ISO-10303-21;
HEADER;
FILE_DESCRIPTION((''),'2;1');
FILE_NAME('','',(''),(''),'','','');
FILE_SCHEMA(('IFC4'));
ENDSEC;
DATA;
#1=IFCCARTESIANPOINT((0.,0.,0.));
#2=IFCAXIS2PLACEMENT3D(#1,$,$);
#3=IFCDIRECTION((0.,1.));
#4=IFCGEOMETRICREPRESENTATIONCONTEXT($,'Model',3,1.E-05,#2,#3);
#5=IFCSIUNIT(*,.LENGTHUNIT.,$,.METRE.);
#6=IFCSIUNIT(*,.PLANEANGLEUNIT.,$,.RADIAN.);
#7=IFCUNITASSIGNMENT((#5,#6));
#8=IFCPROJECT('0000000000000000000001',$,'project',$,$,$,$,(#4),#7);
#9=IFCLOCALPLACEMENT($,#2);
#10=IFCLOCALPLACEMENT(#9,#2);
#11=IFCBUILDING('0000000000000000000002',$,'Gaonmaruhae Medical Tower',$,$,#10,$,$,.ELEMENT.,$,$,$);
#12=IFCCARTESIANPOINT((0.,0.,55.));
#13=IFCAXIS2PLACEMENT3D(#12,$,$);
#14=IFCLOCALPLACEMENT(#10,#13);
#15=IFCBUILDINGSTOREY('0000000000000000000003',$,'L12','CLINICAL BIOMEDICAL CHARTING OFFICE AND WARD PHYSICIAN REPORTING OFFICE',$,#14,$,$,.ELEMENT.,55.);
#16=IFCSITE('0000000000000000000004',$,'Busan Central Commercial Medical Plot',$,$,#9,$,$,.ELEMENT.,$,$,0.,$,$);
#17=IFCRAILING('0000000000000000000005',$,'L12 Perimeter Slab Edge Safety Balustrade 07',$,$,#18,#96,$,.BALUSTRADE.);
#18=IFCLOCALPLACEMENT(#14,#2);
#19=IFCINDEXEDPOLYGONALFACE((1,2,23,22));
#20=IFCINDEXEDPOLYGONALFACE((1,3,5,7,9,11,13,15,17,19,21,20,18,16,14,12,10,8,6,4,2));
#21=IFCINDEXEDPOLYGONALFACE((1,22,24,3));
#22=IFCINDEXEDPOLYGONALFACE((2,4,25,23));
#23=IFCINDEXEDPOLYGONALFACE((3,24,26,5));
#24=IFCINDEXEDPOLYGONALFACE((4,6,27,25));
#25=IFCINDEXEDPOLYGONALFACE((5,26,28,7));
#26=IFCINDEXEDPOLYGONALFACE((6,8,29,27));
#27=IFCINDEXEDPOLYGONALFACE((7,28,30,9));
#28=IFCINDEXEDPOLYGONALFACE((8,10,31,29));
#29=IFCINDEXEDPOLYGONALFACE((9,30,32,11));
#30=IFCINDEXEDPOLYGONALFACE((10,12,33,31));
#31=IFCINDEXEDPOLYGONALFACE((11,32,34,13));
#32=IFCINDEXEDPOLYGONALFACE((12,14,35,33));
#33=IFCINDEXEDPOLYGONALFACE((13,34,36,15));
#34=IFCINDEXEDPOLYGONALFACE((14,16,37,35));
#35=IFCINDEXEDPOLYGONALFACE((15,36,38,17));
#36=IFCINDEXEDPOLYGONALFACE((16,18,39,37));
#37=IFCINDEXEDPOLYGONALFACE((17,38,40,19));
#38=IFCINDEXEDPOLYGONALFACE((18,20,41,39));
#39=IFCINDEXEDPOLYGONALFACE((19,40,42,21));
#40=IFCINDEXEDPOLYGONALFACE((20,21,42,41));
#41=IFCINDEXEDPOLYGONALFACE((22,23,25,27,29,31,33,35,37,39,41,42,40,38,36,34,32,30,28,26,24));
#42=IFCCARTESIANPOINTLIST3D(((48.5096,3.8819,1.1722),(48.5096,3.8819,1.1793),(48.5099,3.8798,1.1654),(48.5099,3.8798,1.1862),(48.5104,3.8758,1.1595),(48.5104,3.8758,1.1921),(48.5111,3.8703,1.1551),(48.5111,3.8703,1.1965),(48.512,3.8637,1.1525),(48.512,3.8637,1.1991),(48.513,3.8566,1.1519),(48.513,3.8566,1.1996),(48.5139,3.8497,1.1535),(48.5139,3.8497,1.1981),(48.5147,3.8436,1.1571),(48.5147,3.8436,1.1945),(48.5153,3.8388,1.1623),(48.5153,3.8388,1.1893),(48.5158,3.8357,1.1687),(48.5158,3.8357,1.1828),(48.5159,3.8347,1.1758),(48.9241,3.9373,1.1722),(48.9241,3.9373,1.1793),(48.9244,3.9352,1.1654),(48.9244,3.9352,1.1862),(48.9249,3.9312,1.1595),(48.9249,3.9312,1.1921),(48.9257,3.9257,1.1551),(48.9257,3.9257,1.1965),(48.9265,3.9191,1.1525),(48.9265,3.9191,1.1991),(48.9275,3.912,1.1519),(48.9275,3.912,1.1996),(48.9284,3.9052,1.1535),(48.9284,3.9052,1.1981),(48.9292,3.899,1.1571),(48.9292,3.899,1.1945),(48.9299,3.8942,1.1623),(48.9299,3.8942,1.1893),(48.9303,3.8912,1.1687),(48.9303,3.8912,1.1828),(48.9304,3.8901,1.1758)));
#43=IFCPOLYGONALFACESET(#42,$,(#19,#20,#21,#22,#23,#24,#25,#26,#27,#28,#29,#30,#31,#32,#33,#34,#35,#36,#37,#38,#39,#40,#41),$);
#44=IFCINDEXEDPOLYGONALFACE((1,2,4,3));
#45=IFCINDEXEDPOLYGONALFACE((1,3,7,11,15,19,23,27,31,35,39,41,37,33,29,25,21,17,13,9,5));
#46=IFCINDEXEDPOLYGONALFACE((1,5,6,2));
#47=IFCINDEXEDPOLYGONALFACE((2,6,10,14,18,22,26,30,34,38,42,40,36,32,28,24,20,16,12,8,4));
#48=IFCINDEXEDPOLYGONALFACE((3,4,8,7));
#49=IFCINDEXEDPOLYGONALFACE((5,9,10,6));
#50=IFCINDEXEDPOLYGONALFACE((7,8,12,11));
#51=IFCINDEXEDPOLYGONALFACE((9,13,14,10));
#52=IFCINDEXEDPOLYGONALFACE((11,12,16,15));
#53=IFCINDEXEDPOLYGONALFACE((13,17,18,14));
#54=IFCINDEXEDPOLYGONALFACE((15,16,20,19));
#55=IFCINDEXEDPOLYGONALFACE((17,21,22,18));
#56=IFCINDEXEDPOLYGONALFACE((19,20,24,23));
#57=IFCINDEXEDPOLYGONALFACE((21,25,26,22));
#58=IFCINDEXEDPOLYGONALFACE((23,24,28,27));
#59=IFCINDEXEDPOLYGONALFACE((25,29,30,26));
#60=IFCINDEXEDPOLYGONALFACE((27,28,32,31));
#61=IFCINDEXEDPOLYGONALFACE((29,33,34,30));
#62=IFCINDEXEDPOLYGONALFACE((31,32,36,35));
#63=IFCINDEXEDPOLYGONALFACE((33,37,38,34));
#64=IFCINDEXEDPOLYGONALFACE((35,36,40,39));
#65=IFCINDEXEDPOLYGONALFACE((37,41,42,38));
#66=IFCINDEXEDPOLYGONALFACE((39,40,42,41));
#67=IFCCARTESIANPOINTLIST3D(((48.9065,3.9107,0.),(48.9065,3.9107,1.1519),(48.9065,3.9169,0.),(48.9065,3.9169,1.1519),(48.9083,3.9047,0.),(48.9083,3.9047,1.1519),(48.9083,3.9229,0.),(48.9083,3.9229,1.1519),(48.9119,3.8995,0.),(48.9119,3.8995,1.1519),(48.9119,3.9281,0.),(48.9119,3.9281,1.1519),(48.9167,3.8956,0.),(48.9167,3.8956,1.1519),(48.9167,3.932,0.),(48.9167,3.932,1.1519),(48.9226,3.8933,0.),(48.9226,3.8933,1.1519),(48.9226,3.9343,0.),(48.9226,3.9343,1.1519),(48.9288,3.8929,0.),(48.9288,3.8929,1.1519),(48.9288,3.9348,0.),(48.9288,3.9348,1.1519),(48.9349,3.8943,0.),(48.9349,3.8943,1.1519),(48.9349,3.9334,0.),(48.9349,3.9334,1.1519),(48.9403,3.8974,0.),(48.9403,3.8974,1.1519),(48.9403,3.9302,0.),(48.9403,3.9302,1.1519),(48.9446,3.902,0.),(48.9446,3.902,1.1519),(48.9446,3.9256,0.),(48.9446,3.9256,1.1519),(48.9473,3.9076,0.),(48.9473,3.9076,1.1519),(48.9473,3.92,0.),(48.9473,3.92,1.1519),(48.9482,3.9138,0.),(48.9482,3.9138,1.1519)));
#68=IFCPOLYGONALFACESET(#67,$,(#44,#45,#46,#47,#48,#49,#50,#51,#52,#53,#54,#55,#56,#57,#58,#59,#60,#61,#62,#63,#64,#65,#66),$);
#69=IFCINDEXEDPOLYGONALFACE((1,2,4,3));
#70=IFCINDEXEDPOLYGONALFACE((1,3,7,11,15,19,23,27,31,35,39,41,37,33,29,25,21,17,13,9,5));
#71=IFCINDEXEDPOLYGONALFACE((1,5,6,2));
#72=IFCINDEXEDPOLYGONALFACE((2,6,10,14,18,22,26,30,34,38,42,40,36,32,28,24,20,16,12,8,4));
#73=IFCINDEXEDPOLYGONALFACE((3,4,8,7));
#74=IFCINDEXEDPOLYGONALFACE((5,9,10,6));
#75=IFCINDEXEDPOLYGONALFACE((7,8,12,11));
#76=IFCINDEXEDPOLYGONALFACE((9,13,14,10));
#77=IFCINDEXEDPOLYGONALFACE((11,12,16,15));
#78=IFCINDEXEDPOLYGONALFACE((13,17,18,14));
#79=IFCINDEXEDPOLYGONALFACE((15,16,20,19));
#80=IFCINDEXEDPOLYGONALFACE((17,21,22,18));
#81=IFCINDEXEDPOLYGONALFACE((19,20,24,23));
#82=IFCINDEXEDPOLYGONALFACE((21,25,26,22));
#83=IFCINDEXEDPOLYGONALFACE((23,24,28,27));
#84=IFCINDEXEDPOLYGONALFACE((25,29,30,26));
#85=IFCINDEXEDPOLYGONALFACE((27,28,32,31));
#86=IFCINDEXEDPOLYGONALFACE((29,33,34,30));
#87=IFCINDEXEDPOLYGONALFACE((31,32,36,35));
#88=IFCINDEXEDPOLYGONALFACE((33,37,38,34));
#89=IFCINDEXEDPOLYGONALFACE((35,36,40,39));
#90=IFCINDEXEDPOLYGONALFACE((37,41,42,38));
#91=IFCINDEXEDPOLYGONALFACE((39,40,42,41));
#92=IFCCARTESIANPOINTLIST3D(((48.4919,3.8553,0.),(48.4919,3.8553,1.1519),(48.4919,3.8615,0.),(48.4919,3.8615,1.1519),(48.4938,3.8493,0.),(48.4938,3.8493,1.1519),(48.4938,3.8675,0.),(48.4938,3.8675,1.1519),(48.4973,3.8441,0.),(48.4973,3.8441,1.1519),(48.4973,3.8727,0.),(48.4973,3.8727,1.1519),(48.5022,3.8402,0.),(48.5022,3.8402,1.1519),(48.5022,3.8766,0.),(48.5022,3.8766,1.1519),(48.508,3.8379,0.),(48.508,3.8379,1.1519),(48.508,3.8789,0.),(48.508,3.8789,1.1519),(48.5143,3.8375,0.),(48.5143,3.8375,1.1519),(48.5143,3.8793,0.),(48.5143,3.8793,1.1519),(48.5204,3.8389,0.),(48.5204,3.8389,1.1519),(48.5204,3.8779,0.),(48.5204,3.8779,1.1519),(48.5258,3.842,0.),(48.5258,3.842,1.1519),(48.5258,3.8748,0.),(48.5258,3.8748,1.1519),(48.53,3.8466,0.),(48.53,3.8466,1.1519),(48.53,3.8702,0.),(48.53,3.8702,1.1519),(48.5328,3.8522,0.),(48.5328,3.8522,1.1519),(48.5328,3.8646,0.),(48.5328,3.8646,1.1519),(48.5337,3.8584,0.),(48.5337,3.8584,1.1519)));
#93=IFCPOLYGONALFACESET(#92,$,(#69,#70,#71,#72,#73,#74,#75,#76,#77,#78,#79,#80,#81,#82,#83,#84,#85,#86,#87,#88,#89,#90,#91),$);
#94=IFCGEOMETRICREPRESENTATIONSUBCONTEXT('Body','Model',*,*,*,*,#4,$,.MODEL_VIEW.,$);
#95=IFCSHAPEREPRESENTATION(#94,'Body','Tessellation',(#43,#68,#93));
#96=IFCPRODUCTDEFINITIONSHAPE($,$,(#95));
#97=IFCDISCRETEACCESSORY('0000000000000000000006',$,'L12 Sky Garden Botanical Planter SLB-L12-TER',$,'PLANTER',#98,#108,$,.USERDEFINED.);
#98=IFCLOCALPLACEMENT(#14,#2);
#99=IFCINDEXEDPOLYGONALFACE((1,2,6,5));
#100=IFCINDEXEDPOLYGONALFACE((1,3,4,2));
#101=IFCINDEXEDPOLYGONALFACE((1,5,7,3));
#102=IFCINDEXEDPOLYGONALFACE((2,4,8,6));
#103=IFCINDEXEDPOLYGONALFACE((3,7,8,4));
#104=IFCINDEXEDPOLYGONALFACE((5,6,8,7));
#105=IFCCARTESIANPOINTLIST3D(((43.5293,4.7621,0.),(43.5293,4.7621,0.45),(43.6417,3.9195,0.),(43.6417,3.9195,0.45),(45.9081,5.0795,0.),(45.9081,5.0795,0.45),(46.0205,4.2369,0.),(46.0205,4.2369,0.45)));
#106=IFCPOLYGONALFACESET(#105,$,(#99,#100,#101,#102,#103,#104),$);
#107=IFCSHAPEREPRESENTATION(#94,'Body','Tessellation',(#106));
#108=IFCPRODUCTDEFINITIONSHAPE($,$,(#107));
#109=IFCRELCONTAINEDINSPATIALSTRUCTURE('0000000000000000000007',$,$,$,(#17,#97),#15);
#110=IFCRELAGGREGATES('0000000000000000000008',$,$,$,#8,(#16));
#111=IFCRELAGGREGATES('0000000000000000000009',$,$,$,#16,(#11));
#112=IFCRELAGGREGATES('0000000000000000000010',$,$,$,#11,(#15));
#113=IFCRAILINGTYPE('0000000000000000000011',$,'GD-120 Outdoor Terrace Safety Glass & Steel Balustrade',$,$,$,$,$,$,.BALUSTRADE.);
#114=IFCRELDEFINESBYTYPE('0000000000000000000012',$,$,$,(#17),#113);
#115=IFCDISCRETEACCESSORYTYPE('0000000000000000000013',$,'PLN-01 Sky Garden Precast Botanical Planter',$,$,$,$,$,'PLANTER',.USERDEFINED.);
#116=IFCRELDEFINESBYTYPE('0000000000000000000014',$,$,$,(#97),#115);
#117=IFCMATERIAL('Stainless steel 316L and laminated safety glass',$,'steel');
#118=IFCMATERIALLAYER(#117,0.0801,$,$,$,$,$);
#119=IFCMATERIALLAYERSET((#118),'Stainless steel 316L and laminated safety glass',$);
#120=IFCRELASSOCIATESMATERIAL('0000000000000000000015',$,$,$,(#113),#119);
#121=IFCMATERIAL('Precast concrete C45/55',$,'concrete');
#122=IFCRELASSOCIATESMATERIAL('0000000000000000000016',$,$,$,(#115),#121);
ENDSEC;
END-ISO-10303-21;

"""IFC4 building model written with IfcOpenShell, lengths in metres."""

from ifc_helpers import new_model, si_unit, direction, frame, origin, origin_2d, place, context, subcontext, project, spatial, rectangle, circle, extrude, material, layer, layer_set, type_object, element, save


model = new_model("IFC4")

# Units and contexts
model_context = context("Model", 3, precision=1e-05, world=origin(), true_north=direction((0.0, 1.0)))
body_context = subcontext(model_context, "Body", "Model", "MODEL_VIEW")
ifc_project = project(units=[si_unit("LENGTHUNIT", "METRE"), si_unit("PLANEANGLEUNIT", "RADIAN")], contexts=[model_context])

# Site, building, storey
site_placement = place(None, origin())
site = spatial("IfcSite", under=ifc_project, at=site_placement, Name="Busan Central Commercial Medical Plot", CompositionType="ELEMENT", RefElevation=0.0)
building_placement = place(site_placement, origin())
building = spatial("IfcBuilding", under=site, at=building_placement, Name="Gaonmaruhae Medical Tower", CompositionType="ELEMENT")
storey_placement = place(building_placement, frame((0.0, 0.0, 55.0)))
storey = spatial("IfcBuildingStorey", under=building, at=storey_placement, Name="L12", Description="CLINICAL BIOMEDICAL CHARTING OFFICE AND WARD PHYSICIAN REPORTING OFFICE", CompositionType="ELEMENT", Elevation=55.0)

# Shared definitions
ifc_material_1 = material(Name="Precast concrete C45/55", Category="concrete")

# Railing
ifc_material_2 = material(Name="Stainless steel 316L and laminated safety glass", Category="steel")
ifc_layer_1 = layer(ifc_material_2, 0.0801)
ifc_layer_set_1 = layer_set([ifc_layer_1], Name="Stainless steel 316L and laminated safety glass")
railing_type_1 = type_object("IfcRailingType", Name="GD-120 Outdoor Terrace Safety Glass & Steel Balustrade", PredefinedType="BALUSTRADE", material=ifc_layer_set_1)
railing_1_placement = place(storey_placement, frame((48.9272, 3.9138, 0.0)))
element("IfcRailing", 1, at=railing_1_placement, inside=storey, type_object=railing_type_1, Name="L12 Perimeter Slab Edge Safety Balustrade 07", PredefinedType="BALUSTRADE", context=body_context, shape_type="SweptSolid", body=[
    extrude(circle(Radius=0.0239, at=origin_2d()), frame((0.0, 0.0, 1.1758), z_axis=(-0.991182, -0.132508, 0.0), x_axis=(0.132508, -0.991182, 0.0)), (0.0, 0.0, 1.0), 0.4182),
    extrude(circle(Radius=0.021, at=origin_2d()), origin(), (0.0, 0.0, 1.0), 1.1519),
    extrude(circle(Radius=0.021, at=origin_2d()), frame((-0.4146, -0.0554, 0.0)), (0.0, 0.0, 1.0), 1.1519),
])

# Discrete accessory
discrete_accessory_type = type_object("IfcDiscreteAccessoryType", Name="PLN-01 Sky Garden Precast Botanical Planter", ElementType="PLANTER", PredefinedType="USERDEFINED", material=ifc_material_1)
discrete_accessory_placement = place(storey_placement, frame((44.7749, 4.4995, 0.0), z_axis=(0.0, 0.0, 1.0), x_axis=(0.991216, 0.132256, 0.0)))
element("IfcDiscreteAccessory", 2, at=discrete_accessory_placement, inside=storey, type_object=discrete_accessory_type, Name="L12 Sky Garden Botanical Planter SLB-L12-TER", ObjectType="PLANTER", PredefinedType="USERDEFINED", context=body_context, shape_type="SweptSolid", body=[
    extrude(rectangle(XDim=2.3999, YDim=0.8501, at=origin_2d()), origin(), (0.0, 0.0, 1.0), 0.45),
])

save(model, "model.ifc")
